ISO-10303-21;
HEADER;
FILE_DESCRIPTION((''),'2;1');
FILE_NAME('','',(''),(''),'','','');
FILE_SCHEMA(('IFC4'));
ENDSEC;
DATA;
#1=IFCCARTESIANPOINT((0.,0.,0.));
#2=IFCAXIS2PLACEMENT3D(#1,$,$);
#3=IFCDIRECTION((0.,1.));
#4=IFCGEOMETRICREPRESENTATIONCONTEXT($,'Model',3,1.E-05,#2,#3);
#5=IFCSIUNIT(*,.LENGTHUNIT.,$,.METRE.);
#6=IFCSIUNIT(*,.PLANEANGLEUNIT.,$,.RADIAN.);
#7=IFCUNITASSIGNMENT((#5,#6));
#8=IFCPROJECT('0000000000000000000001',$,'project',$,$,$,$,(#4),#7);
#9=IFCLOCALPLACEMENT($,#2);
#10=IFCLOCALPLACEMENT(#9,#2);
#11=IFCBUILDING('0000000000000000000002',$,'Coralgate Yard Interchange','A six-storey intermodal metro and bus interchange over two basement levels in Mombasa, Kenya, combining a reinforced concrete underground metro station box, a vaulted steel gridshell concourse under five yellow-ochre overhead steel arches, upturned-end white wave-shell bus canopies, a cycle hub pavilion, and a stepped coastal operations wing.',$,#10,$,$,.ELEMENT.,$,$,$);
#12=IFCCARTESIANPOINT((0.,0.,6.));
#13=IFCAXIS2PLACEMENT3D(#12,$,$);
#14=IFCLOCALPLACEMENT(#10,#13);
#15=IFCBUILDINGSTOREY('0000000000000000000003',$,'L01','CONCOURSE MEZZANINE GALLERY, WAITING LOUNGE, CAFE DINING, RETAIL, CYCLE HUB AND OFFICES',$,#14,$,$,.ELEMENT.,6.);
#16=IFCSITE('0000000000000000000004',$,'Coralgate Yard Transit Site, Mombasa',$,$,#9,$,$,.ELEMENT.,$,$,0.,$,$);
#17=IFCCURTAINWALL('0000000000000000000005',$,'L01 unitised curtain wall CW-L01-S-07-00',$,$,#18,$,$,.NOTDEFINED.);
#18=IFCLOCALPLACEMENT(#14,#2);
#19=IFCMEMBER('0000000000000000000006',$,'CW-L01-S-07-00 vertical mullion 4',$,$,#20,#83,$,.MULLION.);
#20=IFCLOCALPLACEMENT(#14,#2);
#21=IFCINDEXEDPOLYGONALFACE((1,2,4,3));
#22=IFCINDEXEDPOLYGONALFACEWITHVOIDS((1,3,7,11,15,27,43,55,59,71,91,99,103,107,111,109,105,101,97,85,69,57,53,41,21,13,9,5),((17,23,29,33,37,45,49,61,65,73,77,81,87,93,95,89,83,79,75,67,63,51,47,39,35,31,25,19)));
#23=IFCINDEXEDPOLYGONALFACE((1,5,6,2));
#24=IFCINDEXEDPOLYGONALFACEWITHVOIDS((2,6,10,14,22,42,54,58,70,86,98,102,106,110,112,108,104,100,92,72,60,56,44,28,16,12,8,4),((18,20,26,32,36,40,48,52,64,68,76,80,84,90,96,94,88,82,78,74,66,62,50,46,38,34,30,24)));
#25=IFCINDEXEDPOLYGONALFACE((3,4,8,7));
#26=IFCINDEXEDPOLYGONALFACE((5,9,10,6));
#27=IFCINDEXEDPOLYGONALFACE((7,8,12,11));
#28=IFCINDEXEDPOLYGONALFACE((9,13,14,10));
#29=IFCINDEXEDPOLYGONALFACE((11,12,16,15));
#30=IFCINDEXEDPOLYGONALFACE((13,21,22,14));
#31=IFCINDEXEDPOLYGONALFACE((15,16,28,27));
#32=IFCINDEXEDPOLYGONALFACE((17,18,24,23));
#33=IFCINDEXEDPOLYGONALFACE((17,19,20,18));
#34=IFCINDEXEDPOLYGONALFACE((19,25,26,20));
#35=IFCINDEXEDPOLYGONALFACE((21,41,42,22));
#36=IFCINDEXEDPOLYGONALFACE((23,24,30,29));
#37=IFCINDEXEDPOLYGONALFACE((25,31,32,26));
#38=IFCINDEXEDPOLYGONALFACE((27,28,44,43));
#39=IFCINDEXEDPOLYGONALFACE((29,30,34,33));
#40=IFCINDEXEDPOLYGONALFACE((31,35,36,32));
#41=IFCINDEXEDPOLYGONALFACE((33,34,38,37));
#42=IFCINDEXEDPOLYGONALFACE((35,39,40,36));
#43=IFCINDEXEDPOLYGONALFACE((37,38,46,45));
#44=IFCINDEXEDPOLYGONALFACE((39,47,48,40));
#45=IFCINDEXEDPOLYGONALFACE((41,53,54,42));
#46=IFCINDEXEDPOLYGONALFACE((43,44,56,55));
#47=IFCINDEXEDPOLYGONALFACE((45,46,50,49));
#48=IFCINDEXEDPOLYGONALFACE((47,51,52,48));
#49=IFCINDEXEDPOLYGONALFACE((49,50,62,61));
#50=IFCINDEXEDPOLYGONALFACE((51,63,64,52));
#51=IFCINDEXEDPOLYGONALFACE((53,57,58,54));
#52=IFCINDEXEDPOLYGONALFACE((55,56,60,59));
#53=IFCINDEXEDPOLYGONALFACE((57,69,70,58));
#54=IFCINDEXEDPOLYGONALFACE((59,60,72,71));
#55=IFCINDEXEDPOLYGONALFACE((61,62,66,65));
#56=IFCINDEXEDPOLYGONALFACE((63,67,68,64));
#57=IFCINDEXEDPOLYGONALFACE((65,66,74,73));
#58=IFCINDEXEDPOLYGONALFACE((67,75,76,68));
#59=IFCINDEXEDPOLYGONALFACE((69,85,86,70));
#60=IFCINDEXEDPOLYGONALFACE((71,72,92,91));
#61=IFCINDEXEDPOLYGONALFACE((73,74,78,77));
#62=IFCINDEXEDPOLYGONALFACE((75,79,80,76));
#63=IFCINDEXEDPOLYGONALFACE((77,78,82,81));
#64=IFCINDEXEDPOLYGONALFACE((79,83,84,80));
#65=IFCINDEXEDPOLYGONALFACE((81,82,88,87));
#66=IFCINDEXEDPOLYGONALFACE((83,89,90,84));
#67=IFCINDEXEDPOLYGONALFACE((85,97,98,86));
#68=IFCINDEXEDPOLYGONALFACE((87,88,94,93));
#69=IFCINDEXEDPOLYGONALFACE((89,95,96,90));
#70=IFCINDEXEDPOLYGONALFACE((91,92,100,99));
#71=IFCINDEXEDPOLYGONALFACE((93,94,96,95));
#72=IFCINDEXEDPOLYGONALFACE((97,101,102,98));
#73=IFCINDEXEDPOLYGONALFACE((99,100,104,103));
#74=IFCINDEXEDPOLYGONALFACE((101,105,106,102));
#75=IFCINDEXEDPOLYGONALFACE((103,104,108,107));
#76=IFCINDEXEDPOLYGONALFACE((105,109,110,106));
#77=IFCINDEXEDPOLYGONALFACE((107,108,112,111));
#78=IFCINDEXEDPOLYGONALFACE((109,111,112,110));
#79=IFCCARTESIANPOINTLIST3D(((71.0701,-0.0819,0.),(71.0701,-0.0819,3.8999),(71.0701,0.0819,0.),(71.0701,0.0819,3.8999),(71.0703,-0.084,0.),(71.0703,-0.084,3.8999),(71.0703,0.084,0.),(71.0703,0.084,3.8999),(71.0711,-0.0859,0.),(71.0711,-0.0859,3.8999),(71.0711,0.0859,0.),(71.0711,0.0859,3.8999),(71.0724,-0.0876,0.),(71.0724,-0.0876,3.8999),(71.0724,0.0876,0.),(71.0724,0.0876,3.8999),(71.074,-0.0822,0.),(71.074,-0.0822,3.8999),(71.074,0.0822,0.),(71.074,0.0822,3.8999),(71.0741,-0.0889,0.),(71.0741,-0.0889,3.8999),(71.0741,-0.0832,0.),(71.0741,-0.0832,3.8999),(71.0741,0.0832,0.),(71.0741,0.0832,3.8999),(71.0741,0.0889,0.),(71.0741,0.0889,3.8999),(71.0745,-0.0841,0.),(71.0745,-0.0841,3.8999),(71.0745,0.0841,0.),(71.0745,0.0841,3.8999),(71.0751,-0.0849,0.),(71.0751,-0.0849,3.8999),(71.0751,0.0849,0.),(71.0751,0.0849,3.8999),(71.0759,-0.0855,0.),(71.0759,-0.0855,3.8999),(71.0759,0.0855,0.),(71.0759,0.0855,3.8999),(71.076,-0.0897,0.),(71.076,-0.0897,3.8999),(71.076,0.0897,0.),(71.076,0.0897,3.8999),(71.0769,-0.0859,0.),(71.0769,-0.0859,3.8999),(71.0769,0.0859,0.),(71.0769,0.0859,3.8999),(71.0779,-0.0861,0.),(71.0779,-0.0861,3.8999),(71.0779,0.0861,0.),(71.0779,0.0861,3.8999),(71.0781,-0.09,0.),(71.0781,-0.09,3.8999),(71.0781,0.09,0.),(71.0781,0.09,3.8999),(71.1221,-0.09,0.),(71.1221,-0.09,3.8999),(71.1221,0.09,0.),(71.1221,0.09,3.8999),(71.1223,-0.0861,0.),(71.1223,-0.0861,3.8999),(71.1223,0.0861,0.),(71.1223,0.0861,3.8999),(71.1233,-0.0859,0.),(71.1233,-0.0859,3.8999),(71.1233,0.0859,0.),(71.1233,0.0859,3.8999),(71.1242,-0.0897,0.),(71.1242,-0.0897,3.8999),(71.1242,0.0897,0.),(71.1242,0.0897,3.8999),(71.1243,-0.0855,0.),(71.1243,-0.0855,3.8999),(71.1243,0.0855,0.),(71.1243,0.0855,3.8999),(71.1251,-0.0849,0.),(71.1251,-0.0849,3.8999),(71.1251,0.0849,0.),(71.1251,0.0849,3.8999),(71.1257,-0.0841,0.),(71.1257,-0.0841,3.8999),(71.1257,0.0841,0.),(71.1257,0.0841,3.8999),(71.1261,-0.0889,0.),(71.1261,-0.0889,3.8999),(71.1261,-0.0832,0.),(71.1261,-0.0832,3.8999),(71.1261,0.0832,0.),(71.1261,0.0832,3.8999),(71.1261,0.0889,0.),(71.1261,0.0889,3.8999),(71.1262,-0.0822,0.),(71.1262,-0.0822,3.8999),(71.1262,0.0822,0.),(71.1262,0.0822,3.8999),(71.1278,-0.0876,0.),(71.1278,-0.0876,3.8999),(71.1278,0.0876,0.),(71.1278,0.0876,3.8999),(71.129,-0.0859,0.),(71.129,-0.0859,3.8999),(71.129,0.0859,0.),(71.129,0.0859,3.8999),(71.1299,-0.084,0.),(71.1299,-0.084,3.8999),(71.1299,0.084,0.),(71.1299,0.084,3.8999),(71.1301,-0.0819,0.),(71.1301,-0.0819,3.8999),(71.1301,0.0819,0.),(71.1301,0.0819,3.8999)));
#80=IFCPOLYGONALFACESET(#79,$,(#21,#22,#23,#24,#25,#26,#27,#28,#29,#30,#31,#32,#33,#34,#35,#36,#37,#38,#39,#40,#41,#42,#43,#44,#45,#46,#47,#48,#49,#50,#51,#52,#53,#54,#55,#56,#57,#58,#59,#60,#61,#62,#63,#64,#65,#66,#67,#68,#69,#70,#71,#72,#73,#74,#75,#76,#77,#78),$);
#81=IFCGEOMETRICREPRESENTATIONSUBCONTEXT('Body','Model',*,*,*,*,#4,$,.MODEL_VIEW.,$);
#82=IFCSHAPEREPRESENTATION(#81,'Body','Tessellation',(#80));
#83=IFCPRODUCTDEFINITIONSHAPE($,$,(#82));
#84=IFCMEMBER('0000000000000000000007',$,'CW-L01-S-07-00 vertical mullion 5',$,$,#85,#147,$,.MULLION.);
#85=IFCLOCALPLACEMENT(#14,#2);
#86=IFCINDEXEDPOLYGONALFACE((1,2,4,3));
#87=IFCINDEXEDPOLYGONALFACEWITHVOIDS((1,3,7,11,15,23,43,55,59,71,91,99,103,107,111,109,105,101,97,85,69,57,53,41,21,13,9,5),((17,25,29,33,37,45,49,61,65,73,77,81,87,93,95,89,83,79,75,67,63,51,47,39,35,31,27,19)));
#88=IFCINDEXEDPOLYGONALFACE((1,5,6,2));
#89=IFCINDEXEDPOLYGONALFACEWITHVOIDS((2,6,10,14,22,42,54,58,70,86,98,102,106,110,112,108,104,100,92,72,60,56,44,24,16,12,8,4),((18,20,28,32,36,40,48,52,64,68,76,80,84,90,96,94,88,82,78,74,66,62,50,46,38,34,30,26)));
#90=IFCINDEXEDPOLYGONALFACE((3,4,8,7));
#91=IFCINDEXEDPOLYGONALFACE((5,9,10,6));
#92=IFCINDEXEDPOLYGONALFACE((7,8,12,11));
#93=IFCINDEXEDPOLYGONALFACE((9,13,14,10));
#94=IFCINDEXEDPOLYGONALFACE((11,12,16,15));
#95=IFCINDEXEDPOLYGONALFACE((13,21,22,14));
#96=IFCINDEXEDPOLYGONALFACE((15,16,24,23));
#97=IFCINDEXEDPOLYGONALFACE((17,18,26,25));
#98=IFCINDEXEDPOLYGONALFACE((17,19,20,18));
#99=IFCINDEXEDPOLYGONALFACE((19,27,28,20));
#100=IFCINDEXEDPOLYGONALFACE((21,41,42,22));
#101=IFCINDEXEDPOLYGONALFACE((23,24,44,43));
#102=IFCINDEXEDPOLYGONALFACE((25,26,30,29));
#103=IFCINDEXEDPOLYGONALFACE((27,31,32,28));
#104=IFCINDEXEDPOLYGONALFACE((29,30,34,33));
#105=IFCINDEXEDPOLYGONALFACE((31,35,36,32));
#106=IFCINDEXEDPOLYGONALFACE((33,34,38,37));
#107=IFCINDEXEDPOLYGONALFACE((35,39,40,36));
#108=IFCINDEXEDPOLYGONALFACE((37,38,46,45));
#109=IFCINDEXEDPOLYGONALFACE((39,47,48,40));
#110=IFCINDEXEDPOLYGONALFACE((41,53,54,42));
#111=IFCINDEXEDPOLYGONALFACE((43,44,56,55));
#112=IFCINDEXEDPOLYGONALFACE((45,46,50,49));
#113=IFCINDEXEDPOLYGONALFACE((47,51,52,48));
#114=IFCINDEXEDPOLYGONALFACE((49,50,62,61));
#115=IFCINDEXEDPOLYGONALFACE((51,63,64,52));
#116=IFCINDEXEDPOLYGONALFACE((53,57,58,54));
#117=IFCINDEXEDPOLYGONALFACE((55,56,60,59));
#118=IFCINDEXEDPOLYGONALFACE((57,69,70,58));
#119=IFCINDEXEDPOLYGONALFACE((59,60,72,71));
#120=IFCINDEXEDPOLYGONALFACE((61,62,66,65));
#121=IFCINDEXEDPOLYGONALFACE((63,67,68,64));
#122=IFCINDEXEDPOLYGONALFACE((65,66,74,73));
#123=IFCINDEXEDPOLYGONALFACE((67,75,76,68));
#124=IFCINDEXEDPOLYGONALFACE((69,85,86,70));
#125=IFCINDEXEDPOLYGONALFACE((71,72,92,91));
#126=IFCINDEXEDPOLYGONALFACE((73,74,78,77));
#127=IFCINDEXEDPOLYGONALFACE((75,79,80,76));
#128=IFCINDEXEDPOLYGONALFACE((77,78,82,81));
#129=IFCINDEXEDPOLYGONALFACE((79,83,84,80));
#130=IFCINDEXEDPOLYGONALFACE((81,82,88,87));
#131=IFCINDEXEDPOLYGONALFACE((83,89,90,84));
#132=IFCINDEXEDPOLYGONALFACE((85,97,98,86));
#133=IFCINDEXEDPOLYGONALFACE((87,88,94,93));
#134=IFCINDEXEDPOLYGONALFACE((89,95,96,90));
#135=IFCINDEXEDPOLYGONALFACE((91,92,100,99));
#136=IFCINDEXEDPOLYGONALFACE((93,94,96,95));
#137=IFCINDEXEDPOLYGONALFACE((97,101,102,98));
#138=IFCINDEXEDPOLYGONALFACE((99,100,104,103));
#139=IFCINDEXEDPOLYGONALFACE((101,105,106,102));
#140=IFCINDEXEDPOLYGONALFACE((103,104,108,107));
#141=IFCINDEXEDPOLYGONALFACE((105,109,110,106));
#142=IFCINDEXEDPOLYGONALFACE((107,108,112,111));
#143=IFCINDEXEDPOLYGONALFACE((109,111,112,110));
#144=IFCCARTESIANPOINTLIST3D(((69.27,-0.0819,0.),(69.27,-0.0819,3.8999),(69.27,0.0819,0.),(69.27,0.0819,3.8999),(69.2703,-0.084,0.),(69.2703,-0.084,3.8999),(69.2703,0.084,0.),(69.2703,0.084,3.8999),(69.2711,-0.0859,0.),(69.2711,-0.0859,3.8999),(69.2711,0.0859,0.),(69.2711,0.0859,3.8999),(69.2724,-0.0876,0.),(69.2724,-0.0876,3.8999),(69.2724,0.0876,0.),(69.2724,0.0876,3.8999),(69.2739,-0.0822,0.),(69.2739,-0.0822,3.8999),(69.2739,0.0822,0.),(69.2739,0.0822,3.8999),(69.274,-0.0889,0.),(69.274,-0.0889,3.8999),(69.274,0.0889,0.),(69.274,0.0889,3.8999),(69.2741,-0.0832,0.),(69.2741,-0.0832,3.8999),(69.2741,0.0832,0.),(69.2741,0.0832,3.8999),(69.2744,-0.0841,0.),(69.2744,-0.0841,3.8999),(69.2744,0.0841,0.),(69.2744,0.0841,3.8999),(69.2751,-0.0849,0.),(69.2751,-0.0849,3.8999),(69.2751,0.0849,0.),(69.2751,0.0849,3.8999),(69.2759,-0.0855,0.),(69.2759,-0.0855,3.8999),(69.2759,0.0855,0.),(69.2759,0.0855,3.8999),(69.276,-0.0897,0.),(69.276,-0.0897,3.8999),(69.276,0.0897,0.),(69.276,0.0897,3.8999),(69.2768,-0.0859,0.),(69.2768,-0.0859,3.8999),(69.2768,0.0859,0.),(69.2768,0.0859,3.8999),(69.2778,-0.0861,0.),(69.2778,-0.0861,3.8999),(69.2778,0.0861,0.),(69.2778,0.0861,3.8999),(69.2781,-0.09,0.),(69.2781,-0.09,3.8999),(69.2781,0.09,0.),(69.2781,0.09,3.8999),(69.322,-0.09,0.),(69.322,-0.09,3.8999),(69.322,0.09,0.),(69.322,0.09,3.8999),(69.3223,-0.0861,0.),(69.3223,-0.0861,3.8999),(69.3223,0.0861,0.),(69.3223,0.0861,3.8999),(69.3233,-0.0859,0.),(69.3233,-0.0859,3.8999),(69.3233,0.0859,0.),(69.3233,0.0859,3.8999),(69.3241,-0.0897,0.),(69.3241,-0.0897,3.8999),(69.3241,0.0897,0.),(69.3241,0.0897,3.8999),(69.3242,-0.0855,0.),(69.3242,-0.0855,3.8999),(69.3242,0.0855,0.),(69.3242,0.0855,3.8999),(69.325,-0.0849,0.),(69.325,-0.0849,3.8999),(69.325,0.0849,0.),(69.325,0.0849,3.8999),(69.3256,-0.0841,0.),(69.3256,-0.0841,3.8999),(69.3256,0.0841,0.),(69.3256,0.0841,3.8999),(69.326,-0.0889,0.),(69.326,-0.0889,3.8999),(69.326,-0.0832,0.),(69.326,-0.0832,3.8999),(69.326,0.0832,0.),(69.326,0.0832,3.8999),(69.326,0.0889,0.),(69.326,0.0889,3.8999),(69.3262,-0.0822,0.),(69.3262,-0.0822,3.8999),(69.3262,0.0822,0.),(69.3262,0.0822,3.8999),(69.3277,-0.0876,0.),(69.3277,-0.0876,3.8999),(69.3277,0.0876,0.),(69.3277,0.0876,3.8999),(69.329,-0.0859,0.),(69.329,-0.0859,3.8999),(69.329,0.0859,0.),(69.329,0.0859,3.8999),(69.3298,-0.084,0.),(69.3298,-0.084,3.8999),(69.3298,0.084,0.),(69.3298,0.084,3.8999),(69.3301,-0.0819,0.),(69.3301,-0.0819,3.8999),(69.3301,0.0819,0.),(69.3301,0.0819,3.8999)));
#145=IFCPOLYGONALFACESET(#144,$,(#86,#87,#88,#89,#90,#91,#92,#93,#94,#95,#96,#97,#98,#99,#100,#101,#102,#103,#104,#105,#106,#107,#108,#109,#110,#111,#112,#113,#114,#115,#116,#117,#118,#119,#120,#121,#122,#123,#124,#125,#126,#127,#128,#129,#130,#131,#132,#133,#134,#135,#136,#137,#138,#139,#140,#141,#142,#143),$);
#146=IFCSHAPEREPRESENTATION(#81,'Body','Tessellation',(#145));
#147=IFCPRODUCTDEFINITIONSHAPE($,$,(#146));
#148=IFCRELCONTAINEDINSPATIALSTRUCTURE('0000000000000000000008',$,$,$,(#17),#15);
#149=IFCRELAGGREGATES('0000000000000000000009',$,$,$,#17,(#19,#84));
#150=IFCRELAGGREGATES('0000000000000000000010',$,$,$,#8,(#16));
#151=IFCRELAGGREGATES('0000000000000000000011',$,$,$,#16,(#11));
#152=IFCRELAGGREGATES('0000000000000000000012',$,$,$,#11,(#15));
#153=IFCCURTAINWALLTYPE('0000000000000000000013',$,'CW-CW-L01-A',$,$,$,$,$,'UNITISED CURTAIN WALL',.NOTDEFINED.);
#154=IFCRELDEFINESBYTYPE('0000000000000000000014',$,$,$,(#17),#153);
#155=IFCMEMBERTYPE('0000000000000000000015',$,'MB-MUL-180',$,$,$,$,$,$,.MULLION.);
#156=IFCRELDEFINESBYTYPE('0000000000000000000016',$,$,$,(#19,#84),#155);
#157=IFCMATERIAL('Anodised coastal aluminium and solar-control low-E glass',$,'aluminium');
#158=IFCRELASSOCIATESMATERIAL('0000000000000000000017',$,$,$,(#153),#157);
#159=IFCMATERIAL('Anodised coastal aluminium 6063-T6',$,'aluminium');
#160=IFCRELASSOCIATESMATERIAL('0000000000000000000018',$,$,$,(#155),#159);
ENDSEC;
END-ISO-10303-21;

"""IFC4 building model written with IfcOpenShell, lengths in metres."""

from ifc_helpers import new_model, si_unit, direction, frame, origin, origin_2d, place, context, subcontext, project, spatial, hollow_rectangle, extrude, material, material_profile, profile_set, type_object, element, aggregate, save


model = new_model("IFC4")

# Units and contexts
model_context = context("Model", 3, precision=1e-05, world=origin(), true_north=direction((0.0, 1.0)))
body_context = subcontext(model_context, "Body", "Model", "MODEL_VIEW")
ifc_project = project(units=[si_unit("LENGTHUNIT", "METRE"), si_unit("PLANEANGLEUNIT", "RADIAN")], contexts=[model_context])

# Site, building, storey
site_placement = place(None, origin())
site = spatial("IfcSite", under=ifc_project, at=site_placement, Name="Coralgate Yard Transit Site, Mombasa", CompositionType="ELEMENT", RefElevation=0.0)
building_placement = place(site_placement, origin())
building = spatial("IfcBuilding", under=site, at=building_placement, Name="Coralgate Yard Interchange", Description="A six-storey intermodal metro and bus interchange over two basement levels in Mombasa, Kenya, combining a reinforced concrete underground metro station box, a vaulted steel gridshell concourse under five yellow-ochre overhead steel arches, upturned-end white wave-shell bus canopies, a cycle hub pavilion, and a stepped coastal operations wing.", CompositionType="ELEMENT")
storey_placement = place(building_placement, frame((0.0, 0.0, 6.0)))
storey = spatial("IfcBuildingStorey", under=building, at=storey_placement, Name="L01", Description="CONCOURSE MEZZANINE GALLERY, WAITING LOUNGE, CAFE DINING, RETAIL, CYCLE HUB AND OFFICES", CompositionType="ELEMENT", Elevation=6.0)

# Shared definitions
ifc_material_1 = material(Name="Anodised coastal aluminium and solar-control low-E glass", Category="aluminium")
curtain_wall_type = type_object("IfcCurtainWallType", Name="CW-CW-L01-A", ElementType="UNITISED CURTAIN WALL", PredefinedType="NOTDEFINED", material=ifc_material_1)
ifc_material_2 = material(Name="Anodised coastal aluminium 6063-T6", Category="aluminium")
ifc_material_profile_1 = material_profile(ifc_material_2, hollow_rectangle(XDim=0.0601, YDim=0.1799, WallThickness=0.0039, InnerFilletRadius=0.0039, OuterFilletRadius=0.0081, at=origin_2d()), Name="ALU 60x180x4")
ifc_profile_set_1 = profile_set([ifc_material_profile_1], Name="Anodised coastal aluminium 6063-T6")
member_type_1 = type_object("IfcMemberType", Name="MB-MUL-180", PredefinedType="MULLION", material=ifc_profile_set_1)

# Curtain wall, members
curtain_wall_1_placement = place(storey_placement, origin())
curtain_wall_1 = element("IfcCurtainWall", 1, at=curtain_wall_1_placement, inside=storey, type_object=curtain_wall_type, Name="L01 unitised curtain wall CW-L01-S-07-00", PredefinedType="NOTDEFINED")
member_1_placement = place(storey_placement, frame((71.1001, 0.0, 0.0), z_axis=(0.0, 0.0, 1.0), x_axis=(1.0, 0.0, 0.0)))
member_1 = element("IfcMember", 2, at=member_1_placement, type_object=member_type_1, Name="CW-L01-S-07-00 vertical mullion 4", PredefinedType="MULLION", context=body_context, shape_type="SweptSolid", body=[
    extrude(hollow_rectangle(XDim=0.0601, YDim=0.1799, WallThickness=0.0039, InnerFilletRadius=0.0039, OuterFilletRadius=0.0081, at=origin_2d()), origin(), (0.0, 0.0, 1.0), 3.8999),
])
member_2_placement = place(storey_placement, frame((69.3, 0.0, 0.0), z_axis=(0.0, 0.0, 1.0), x_axis=(1.0, 0.0, 0.0)))
member_2 = element("IfcMember", 3, at=member_2_placement, type_object=member_type_1, Name="CW-L01-S-07-00 vertical mullion 5", PredefinedType="MULLION", context=body_context, shape_type="SweptSolid", body=[
    extrude(hollow_rectangle(XDim=0.0601, YDim=0.1799, WallThickness=0.0039, InnerFilletRadius=0.0039, OuterFilletRadius=0.0081, at=origin_2d()), origin(), (0.0, 0.0, 1.0), 3.8999),
])

aggregate(curtain_wall_1, [member_1, member_2])

save(model, "model.ifc")
